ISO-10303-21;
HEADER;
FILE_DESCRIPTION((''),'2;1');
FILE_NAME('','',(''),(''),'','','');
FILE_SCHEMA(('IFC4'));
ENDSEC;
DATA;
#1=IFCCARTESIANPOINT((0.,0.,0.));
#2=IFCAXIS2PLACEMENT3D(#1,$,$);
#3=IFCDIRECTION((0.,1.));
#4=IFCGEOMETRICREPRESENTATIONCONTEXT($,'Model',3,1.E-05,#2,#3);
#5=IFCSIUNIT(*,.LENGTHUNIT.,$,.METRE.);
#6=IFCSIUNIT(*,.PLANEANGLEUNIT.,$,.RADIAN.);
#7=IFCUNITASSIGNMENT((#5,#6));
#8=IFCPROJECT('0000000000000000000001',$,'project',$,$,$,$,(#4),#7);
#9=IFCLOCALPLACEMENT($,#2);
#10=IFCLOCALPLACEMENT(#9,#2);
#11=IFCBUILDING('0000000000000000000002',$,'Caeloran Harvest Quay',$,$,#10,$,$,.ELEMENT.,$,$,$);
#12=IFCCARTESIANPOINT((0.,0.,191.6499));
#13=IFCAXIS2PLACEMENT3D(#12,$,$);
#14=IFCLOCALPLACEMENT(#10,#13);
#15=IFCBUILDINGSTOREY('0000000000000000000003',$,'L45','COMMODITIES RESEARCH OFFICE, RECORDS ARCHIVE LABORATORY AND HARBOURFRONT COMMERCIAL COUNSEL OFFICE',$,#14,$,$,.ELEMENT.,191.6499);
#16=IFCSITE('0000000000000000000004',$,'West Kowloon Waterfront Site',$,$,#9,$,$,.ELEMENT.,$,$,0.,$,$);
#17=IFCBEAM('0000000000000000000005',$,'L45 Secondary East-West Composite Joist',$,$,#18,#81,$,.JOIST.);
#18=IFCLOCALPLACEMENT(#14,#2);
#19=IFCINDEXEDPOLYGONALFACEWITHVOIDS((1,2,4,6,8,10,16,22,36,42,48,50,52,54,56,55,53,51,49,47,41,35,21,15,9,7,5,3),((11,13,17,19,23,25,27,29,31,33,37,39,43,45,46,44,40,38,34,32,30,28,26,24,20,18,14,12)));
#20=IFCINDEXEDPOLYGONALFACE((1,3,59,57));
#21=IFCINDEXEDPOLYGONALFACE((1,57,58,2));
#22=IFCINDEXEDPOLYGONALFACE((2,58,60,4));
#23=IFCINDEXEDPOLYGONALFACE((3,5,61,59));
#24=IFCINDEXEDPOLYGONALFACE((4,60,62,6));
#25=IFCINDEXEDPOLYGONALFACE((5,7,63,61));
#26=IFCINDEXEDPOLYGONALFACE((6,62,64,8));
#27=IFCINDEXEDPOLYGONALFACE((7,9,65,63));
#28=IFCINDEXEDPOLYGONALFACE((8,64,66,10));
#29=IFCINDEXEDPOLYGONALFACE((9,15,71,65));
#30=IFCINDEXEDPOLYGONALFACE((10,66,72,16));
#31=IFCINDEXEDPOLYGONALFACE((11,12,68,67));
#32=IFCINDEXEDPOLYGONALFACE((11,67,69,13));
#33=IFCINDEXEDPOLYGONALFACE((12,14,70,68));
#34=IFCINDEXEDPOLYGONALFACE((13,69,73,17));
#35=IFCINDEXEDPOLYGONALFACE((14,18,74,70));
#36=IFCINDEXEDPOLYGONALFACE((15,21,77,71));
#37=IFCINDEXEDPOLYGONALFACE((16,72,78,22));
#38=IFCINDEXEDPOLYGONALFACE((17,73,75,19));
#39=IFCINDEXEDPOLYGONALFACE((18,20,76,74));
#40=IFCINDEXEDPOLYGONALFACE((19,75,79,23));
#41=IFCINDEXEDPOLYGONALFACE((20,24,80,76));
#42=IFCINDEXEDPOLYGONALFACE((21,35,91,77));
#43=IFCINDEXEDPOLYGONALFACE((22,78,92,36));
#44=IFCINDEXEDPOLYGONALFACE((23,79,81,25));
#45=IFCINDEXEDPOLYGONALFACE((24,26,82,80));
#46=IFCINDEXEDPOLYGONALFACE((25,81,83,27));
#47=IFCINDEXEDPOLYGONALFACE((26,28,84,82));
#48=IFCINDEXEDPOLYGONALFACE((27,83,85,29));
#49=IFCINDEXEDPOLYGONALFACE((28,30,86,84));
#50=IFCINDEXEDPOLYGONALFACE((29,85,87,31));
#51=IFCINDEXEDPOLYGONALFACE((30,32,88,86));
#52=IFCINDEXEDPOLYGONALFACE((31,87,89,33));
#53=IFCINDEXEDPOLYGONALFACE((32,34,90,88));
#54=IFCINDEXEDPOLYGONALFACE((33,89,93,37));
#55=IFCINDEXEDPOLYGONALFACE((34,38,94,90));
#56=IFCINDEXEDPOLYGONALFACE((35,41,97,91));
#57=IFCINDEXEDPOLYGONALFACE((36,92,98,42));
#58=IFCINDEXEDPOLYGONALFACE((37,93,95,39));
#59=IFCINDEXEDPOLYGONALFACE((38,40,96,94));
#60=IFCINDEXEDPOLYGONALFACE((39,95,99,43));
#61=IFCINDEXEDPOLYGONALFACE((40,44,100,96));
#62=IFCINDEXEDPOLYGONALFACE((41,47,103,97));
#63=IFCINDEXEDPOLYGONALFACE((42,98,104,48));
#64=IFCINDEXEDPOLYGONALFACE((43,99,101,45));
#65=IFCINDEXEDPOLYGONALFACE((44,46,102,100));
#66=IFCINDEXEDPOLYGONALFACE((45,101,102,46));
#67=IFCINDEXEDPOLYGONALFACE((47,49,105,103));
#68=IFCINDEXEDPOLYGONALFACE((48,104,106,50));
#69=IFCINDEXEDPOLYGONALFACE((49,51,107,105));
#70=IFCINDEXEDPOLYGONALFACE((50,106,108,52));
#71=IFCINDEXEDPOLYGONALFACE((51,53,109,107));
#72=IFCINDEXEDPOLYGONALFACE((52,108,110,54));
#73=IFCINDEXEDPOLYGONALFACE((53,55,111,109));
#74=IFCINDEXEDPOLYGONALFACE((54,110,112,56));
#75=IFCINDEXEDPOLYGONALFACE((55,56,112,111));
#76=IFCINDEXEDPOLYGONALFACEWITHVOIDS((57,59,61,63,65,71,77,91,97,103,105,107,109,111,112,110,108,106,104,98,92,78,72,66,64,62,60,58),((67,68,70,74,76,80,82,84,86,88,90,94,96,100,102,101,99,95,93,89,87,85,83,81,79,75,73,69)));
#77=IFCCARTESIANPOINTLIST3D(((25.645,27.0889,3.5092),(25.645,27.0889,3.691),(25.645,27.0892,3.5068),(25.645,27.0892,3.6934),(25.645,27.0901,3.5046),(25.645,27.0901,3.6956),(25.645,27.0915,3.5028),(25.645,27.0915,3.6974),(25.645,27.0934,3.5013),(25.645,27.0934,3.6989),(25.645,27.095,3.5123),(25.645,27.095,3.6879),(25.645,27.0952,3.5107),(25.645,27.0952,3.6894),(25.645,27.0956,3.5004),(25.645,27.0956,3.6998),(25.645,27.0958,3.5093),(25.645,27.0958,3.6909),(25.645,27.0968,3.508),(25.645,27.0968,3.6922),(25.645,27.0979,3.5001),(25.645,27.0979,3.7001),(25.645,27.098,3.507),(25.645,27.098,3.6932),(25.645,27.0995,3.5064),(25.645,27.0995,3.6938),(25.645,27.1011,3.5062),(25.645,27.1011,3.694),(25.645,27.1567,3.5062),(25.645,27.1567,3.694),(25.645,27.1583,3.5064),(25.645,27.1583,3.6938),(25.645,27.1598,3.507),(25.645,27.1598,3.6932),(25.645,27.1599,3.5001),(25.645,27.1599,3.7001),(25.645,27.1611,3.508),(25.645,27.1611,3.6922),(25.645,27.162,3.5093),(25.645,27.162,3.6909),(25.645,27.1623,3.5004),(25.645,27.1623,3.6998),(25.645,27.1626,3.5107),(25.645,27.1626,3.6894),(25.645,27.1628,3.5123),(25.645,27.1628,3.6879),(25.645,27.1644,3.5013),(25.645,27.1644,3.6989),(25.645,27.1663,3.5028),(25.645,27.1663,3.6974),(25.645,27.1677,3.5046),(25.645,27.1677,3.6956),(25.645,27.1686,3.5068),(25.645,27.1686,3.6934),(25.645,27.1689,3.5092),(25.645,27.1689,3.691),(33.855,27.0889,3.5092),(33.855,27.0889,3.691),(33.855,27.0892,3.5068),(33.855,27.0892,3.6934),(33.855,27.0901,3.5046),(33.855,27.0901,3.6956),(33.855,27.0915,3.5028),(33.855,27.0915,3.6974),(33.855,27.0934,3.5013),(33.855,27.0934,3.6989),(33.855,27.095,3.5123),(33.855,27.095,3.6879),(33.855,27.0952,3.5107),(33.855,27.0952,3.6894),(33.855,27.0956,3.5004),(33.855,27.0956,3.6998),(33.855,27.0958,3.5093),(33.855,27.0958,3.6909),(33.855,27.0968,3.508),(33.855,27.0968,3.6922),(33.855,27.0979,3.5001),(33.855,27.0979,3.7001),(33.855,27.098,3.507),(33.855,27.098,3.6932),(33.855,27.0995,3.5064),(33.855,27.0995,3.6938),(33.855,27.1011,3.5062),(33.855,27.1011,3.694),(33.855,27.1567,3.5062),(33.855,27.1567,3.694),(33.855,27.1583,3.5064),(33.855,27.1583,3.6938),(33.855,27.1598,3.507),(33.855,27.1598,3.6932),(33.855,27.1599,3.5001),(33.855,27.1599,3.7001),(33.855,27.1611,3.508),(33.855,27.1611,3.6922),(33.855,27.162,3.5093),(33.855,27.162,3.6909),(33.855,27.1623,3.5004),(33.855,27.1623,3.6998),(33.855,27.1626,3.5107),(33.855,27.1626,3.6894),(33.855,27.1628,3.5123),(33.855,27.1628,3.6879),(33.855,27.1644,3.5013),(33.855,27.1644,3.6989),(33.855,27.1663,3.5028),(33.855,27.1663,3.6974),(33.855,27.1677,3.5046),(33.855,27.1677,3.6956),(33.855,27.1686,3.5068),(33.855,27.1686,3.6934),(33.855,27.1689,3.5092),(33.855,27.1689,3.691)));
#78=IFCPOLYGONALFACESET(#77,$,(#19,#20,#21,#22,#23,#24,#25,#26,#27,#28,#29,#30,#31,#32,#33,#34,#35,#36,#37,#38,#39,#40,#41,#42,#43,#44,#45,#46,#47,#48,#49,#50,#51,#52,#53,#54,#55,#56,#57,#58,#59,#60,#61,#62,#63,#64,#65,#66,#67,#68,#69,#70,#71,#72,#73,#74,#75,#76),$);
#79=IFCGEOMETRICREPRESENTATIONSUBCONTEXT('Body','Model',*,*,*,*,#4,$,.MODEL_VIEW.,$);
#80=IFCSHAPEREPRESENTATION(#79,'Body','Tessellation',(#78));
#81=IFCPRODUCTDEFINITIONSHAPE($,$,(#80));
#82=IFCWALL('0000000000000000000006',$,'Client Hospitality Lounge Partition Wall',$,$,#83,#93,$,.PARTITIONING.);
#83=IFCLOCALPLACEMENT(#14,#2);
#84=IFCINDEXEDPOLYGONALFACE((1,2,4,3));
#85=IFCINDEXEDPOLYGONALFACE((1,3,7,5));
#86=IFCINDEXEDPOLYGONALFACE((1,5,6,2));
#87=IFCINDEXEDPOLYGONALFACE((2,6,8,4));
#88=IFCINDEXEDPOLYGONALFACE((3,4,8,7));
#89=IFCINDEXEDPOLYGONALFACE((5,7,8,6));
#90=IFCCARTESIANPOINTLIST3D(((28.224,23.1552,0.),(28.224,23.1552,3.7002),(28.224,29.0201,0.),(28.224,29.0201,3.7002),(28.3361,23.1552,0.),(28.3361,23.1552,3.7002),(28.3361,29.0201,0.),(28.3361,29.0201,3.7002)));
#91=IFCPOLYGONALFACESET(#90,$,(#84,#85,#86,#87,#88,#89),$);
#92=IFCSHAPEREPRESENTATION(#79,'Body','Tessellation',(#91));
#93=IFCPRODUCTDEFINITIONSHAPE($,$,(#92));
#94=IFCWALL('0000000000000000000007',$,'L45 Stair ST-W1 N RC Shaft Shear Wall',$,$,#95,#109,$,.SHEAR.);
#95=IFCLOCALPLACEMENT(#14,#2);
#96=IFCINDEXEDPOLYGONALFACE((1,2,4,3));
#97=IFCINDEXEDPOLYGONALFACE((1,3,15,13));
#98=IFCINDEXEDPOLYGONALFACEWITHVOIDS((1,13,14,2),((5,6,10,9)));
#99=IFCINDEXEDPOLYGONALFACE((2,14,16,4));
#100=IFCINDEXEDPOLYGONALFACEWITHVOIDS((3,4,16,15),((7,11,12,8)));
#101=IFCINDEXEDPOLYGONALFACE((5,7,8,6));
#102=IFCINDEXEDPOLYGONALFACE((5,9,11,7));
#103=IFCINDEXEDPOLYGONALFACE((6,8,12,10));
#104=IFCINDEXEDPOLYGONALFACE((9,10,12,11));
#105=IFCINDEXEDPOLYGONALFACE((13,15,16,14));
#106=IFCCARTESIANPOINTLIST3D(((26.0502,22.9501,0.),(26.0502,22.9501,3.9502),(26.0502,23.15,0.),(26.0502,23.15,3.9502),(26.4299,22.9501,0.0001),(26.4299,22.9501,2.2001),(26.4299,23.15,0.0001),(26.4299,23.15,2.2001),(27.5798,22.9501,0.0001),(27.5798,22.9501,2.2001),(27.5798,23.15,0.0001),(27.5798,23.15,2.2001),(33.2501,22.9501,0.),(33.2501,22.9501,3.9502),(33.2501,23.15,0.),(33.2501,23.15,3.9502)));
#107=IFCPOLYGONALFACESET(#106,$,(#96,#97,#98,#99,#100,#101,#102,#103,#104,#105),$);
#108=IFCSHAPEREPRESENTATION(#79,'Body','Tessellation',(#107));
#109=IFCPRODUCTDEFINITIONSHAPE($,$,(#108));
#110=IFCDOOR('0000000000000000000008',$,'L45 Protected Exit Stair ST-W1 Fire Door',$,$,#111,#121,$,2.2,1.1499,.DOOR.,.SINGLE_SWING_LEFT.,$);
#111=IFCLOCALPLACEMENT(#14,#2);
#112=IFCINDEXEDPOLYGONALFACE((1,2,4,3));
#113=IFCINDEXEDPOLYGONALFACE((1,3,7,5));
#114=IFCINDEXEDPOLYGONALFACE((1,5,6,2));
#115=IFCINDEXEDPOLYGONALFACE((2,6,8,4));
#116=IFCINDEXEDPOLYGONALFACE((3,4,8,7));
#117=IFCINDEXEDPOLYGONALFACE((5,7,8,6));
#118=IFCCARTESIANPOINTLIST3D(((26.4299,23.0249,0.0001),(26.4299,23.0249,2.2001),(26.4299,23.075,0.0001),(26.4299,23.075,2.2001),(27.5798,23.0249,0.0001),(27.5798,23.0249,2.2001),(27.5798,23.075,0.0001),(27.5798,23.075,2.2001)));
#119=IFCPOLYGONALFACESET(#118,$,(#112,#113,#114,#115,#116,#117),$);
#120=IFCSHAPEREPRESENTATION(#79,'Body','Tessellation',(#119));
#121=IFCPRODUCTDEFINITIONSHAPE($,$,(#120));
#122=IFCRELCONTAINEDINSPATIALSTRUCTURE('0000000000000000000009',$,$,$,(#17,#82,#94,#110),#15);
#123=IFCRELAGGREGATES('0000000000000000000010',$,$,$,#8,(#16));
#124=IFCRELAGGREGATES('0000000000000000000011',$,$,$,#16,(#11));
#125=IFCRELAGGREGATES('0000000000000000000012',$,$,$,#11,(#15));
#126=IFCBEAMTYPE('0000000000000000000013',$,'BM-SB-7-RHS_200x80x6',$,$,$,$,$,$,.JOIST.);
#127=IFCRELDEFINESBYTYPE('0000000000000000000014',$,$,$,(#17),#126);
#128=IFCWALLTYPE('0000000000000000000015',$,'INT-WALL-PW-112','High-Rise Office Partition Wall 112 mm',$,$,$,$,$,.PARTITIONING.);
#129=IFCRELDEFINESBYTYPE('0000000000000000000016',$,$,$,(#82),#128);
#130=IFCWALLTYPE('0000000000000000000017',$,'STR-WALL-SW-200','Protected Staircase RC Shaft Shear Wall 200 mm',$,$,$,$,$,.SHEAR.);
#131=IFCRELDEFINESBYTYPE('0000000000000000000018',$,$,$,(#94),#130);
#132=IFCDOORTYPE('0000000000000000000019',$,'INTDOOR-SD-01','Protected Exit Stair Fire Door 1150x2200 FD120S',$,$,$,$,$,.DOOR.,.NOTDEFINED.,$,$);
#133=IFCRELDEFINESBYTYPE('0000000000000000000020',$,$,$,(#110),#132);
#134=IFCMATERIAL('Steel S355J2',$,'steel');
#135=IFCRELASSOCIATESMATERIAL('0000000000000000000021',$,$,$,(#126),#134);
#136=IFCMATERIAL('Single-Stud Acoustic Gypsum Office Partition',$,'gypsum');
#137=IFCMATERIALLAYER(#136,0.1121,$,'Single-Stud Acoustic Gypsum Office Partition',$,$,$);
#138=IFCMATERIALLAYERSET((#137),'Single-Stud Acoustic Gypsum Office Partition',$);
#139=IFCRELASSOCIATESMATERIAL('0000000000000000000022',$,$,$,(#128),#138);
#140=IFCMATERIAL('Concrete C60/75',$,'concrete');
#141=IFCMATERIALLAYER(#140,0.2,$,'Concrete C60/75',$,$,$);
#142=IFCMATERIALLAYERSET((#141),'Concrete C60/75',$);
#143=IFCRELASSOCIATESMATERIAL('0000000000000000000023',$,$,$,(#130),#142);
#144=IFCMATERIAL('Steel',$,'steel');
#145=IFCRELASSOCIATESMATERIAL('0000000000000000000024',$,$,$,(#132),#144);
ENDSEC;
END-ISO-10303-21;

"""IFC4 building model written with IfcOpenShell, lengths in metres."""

from ifc_helpers import new_model, si_unit, direction, frame, frame_2d, origin, origin_2d, place, context, subcontext, project, spatial, rectangle, hollow_rectangle, extrude, material, layer, layer_set, material_profile, profile_set, type_object, element, fill, save


model = new_model("IFC4")

# Units and contexts
model_context = context("Model", 3, precision=1e-05, world=origin(), true_north=direction((0.0, 1.0)))
body_context = subcontext(model_context, "Body", "Model", "MODEL_VIEW")
ifc_project = project(units=[si_unit("LENGTHUNIT", "METRE"), si_unit("PLANEANGLEUNIT", "RADIAN")], contexts=[model_context])

# Site, building, storey
site_placement = place(None, origin())
site = spatial("IfcSite", under=ifc_project, at=site_placement, Name="West Kowloon Waterfront Site", CompositionType="ELEMENT", RefElevation=0.0)
building_placement = place(site_placement, origin())
building = spatial("IfcBuilding", under=site, at=building_placement, Name="Caeloran Harvest Quay", CompositionType="ELEMENT")
storey_placement = place(building_placement, frame((0.0, 0.0, 191.6499)))
storey = spatial("IfcBuildingStorey", under=building, at=storey_placement, Name="L45", Description="COMMODITIES RESEARCH OFFICE, RECORDS ARCHIVE LABORATORY AND HARBOURFRONT COMMERCIAL COUNSEL OFFICE", CompositionType="ELEMENT", Elevation=191.6499)

# Beam
ifc_material_1 = material(Name="Steel S355J2", Category="steel")
ifc_material_profile_1 = material_profile(ifc_material_1, hollow_rectangle(XDim=0.0801, YDim=0.2, WallThickness=0.0061, InnerFilletRadius=0.0061, OuterFilletRadius=0.009, at=origin_2d()), Name="RHS 200x80x6")
ifc_profile_set_1 = profile_set([ifc_material_profile_1], Name="Steel S355J2")
beam_type_1 = type_object("IfcBeamType", Name="BM-SB-7-RHS_200x80x6", PredefinedType="JOIST", material=ifc_profile_set_1)
for number, where, z_axis, x_axis, name in (
    (1, (25.645, 27.1289, 3.6001), (1.0, 0.0, 0.0), (0.0, 1.0, 0.0), "L45 Secondary East-West Composite Joist"),
):
    element("IfcBeam", number, at=place(storey_placement, frame(where, z_axis=z_axis, x_axis=x_axis)), inside=storey, type_object=beam_type_1, Name=name, PredefinedType="JOIST", context=body_context, shape_type="SweptSolid", body=[
        extrude(hollow_rectangle(XDim=0.0801, YDim=0.2, WallThickness=0.0061, InnerFilletRadius=0.0061, OuterFilletRadius=0.009, at=origin_2d()), origin(), (0.0, 0.0, 1.0), 8.21),
    ])

# Wall
ifc_material_2 = material(Name="Single-Stud Acoustic Gypsum Office Partition", Category="gypsum")
ifc_layer_1 = layer(ifc_material_2, 0.1121, Name="Single-Stud Acoustic Gypsum Office Partition")
ifc_layer_set_1 = layer_set([ifc_layer_1], Name="Single-Stud Acoustic Gypsum Office Partition")
wall_type_1 = type_object("IfcWallType", Name="INT-WALL-PW-112", Description="High-Rise Office Partition Wall 112 mm", PredefinedType="PARTITIONING", material=ifc_layer_set_1)
wall_1_placement = place(storey_placement, frame((28.28, 23.155, 0.0), z_axis=(0.0, 0.0, 1.0), x_axis=(0.0, 1.0, 0.0)))
element("IfcWall", 2, at=wall_1_placement, inside=storey, type_object=wall_type_1, Name="Client Hospitality Lounge Partition Wall", PredefinedType="PARTITIONING", context=body_context, shape_type="SweptSolid", body=[
    extrude(rectangle(XDim=5.865, YDim=0.1121, at=frame_2d((2.9326, 0.0))), origin(), (0.0, 0.0, 1.0), 3.7002),
])

# Wall, opening, door
ifc_material_3 = material(Name="Concrete C60/75", Category="concrete")
ifc_layer_2 = layer(ifc_material_3, 0.2, Name="Concrete C60/75")
ifc_layer_set_2 = layer_set([ifc_layer_2], Name="Concrete C60/75")
wall_type_2 = type_object("IfcWallType", Name="STR-WALL-SW-200", Description="Protected Staircase RC Shaft Shear Wall 200 mm", PredefinedType="SHEAR", material=ifc_layer_set_2)
wall_2_placement = place(storey_placement, frame((26.05, 23.05, 0.0), z_axis=(0.0, 0.0, 1.0), x_axis=(1.0, 0.0, 0.0)))
wall_2 = element("IfcWall", 3, at=wall_2_placement, inside=storey, type_object=wall_type_2, Name="L45 Stair ST-W1 N RC Shaft Shear Wall", PredefinedType="SHEAR", context=body_context, shape_type="SweptSolid", body=[
    extrude(rectangle(XDim=7.2, YDim=0.2, at=frame_2d((3.6001, 0.0))), origin(), (0.0, 0.0, 1.0), 3.9502),
])
opening_placement = place(wall_2_placement, frame((0.3799, 0.0, 0.0)))
opening = element("IfcOpeningElement", 4, at=opening_placement, cuts=wall_2, PredefinedType="OPENING", context=body_context, shape_type="SweptSolid", body=[
    extrude(rectangle(XDim=1.1499, YDim=2.2, at=frame_2d((0.575, 1.1001))), frame((0.0, 0.1099, 0.0), z_axis=(0.0, -1.0, 0.0), x_axis=(1.0, 0.0, 0.0)), (0.0, 0.0, 1.0), 0.22),
])
ifc_material_4 = material(Name="Steel", Category="steel")
door_type = type_object("IfcDoorType", Name="INTDOOR-SD-01", Description="Protected Exit Stair Fire Door 1150x2200 FD120S", OperationType="NOTDEFINED", PredefinedType="DOOR", material=ifc_material_4)
door_placement = place(opening_placement, origin())
door = element("IfcDoor", 5, at=door_placement, inside=storey, type_object=door_type, Name="L45 Protected Exit Stair ST-W1 Fire Door", OperationType="SINGLE_SWING_LEFT", OverallHeight=2.2, OverallWidth=1.1499, PredefinedType="DOOR", context=body_context, shape_type="SweptSolid", body=[
    extrude(rectangle(XDim=1.1499, YDim=2.2, at=frame_2d((0.575, 1.1001))), frame((0.0, 0.0249, 0.0), z_axis=(0.0, -1.0, 0.0), x_axis=(1.0, 0.0, 0.0)), (0.0, 0.0, 1.0), 0.05),
])
fill(opening, door)

save(model, "model.ifc")
